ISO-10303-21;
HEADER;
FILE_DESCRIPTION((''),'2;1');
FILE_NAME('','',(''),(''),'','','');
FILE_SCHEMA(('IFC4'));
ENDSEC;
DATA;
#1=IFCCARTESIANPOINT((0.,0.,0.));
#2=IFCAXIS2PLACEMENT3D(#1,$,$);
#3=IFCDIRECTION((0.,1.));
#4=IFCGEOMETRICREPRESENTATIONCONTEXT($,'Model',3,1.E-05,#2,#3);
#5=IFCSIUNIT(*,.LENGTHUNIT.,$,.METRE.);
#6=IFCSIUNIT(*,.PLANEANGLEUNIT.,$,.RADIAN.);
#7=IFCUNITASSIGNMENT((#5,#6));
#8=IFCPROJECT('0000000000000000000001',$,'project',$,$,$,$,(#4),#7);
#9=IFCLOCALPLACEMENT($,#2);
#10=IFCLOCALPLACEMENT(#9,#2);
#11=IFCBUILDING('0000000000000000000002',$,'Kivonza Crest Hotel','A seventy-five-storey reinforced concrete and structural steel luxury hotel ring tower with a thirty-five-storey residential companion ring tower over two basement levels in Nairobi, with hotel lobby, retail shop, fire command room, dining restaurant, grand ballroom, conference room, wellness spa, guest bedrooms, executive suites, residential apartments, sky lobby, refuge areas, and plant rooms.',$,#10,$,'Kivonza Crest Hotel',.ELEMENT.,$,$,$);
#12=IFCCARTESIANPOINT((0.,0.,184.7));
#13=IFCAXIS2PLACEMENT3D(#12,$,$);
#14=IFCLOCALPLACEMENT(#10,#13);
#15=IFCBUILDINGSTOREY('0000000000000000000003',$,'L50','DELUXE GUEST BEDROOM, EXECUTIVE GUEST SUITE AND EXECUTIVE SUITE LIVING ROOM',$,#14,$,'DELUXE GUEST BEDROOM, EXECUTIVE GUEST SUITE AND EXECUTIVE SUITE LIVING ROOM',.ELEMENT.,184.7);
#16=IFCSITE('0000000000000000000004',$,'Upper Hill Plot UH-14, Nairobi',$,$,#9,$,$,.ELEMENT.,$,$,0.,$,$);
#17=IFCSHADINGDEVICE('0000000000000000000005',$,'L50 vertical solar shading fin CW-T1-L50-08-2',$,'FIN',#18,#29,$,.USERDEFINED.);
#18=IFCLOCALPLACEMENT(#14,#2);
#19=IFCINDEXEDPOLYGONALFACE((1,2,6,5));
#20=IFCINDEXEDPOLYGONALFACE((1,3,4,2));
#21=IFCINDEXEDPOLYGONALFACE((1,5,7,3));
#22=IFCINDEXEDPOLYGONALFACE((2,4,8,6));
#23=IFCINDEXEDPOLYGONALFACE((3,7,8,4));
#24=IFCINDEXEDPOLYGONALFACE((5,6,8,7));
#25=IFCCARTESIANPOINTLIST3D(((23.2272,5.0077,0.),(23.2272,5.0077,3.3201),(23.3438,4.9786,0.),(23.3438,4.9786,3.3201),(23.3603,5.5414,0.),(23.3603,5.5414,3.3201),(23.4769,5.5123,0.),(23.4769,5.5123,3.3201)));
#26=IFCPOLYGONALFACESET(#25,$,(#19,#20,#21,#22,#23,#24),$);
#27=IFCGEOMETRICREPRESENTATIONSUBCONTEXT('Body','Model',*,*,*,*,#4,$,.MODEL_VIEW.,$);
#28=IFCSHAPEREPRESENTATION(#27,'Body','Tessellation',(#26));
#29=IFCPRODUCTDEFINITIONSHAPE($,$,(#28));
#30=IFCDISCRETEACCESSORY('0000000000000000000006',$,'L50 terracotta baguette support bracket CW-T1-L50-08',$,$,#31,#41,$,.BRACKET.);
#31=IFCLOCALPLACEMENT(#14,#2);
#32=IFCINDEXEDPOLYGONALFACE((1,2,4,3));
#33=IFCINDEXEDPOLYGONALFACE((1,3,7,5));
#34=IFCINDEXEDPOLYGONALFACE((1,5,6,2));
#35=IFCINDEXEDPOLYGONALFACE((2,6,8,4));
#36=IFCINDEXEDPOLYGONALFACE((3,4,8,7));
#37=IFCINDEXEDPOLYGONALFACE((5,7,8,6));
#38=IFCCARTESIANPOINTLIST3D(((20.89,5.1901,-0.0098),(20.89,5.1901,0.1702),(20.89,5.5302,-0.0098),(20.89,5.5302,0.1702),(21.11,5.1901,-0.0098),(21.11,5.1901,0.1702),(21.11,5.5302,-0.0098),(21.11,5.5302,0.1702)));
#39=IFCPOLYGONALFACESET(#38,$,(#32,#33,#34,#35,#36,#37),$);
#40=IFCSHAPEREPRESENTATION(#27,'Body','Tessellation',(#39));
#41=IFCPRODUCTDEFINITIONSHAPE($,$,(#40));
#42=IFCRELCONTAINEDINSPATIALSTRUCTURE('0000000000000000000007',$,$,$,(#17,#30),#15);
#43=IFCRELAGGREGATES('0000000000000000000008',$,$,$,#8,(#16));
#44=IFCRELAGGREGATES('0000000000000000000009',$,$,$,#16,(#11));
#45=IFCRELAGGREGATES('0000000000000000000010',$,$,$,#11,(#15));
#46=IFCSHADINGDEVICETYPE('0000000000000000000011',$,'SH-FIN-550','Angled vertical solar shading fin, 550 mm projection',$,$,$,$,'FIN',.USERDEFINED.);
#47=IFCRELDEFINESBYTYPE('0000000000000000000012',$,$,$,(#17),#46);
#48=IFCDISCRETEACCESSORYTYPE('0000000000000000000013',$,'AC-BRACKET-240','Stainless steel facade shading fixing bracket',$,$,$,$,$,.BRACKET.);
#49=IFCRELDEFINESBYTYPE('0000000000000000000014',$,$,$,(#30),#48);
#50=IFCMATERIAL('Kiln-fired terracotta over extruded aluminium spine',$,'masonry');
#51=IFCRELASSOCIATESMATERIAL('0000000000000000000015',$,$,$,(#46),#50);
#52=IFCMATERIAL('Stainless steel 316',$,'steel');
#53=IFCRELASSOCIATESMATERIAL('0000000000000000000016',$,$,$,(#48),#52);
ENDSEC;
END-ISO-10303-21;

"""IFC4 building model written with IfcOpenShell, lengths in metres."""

from ifc_helpers import new_model, si_unit, direction, frame, origin, origin_2d, place, context, subcontext, project, spatial, rectangle, extrude, material, type_object, element, save


model = new_model("IFC4")

# Units and contexts
model_context = context("Model", 3, precision=1e-05, world=origin(), true_north=direction((0.0, 1.0)))
body_context = subcontext(model_context, "Body", "Model", "MODEL_VIEW")
ifc_project = project(units=[si_unit("LENGTHUNIT", "METRE"), si_unit("PLANEANGLEUNIT", "RADIAN")], contexts=[model_context])

# Site, building, storey
site_placement = place(None, origin())
site = spatial("IfcSite", under=ifc_project, at=site_placement, Name="Upper Hill Plot UH-14, Nairobi", CompositionType="ELEMENT", RefElevation=0.0)
building_placement = place(site_placement, origin())
building = spatial("IfcBuilding", under=site, at=building_placement, Name="Kivonza Crest Hotel", Description="A seventy-five-storey reinforced concrete and structural steel luxury hotel ring tower with a thirty-five-storey residential companion ring tower over two basement levels in Nairobi, with hotel lobby, retail shop, fire command room, dining restaurant, grand ballroom, conference room, wellness spa, guest bedrooms, executive suites, residential apartments, sky lobby, refuge areas, and plant rooms.", LongName="Kivonza Crest Hotel", CompositionType="ELEMENT")
storey_placement = place(building_placement, frame((0.0, 0.0, 184.7)))
storey = spatial("IfcBuildingStorey", under=building, at=storey_placement, Name="L50", Description="DELUXE GUEST BEDROOM, EXECUTIVE GUEST SUITE AND EXECUTIVE SUITE LIVING ROOM", LongName="DELUXE GUEST BEDROOM, EXECUTIVE GUEST SUITE AND EXECUTIVE SUITE LIVING ROOM", CompositionType="ELEMENT", Elevation=184.7)

# Shading device
ifc_material_1 = material(Name="Kiln-fired terracotta over extruded aluminium spine", Category="masonry")
shading_device_type_1 = type_object("IfcShadingDeviceType", Name="SH-FIN-550", Description="Angled vertical solar shading fin, 550 mm projection", ElementType="FIN", PredefinedType="USERDEFINED", material=ifc_material_1)
for number, where, z_axis, x_axis, name in (
    (1, (23.3521, 5.26, 0.0), (0.0, 0.0, 1.0), (0.970296, -0.241922, 0.0), "L50 vertical solar shading fin CW-T1-L50-08-2"),
):
    element("IfcShadingDevice", number, at=place(storey_placement, frame(where, z_axis=z_axis, x_axis=x_axis)), inside=storey, type_object=shading_device_type_1, Name=name, ObjectType="FIN", PredefinedType="USERDEFINED", context=body_context, shape_type="SweptSolid", body=[
        extrude(rectangle(XDim=0.1201, YDim=0.55, at=origin_2d()), origin(), (0.0, 0.0, 1.0), 3.3201),
    ])

# Discrete accessory
ifc_material_2 = material(Name="Stainless steel 316", Category="steel")
discrete_accessory_type = type_object("IfcDiscreteAccessoryType", Name="AC-BRACKET-240", Description="Stainless steel facade shading fixing bracket", PredefinedType="BRACKET", material=ifc_material_2)
discrete_accessory_placement = place(storey_placement, frame((21.0, 5.3601, -0.0098), z_axis=(0.0, 0.0, 1.0), x_axis=(1.0, 0.0, 0.0)))
element("IfcDiscreteAccessory", 2, at=discrete_accessory_placement, inside=storey, type_object=discrete_accessory_type, Name="L50 terracotta baguette support bracket CW-T1-L50-08", PredefinedType="BRACKET", context=body_context, shape_type="SweptSolid", body=[
    extrude(rectangle(XDim=0.22, YDim=0.3401, at=origin_2d()), origin(), (0.0, 0.0, 1.0), 0.1799),
])

save(model, "model.ifc")
